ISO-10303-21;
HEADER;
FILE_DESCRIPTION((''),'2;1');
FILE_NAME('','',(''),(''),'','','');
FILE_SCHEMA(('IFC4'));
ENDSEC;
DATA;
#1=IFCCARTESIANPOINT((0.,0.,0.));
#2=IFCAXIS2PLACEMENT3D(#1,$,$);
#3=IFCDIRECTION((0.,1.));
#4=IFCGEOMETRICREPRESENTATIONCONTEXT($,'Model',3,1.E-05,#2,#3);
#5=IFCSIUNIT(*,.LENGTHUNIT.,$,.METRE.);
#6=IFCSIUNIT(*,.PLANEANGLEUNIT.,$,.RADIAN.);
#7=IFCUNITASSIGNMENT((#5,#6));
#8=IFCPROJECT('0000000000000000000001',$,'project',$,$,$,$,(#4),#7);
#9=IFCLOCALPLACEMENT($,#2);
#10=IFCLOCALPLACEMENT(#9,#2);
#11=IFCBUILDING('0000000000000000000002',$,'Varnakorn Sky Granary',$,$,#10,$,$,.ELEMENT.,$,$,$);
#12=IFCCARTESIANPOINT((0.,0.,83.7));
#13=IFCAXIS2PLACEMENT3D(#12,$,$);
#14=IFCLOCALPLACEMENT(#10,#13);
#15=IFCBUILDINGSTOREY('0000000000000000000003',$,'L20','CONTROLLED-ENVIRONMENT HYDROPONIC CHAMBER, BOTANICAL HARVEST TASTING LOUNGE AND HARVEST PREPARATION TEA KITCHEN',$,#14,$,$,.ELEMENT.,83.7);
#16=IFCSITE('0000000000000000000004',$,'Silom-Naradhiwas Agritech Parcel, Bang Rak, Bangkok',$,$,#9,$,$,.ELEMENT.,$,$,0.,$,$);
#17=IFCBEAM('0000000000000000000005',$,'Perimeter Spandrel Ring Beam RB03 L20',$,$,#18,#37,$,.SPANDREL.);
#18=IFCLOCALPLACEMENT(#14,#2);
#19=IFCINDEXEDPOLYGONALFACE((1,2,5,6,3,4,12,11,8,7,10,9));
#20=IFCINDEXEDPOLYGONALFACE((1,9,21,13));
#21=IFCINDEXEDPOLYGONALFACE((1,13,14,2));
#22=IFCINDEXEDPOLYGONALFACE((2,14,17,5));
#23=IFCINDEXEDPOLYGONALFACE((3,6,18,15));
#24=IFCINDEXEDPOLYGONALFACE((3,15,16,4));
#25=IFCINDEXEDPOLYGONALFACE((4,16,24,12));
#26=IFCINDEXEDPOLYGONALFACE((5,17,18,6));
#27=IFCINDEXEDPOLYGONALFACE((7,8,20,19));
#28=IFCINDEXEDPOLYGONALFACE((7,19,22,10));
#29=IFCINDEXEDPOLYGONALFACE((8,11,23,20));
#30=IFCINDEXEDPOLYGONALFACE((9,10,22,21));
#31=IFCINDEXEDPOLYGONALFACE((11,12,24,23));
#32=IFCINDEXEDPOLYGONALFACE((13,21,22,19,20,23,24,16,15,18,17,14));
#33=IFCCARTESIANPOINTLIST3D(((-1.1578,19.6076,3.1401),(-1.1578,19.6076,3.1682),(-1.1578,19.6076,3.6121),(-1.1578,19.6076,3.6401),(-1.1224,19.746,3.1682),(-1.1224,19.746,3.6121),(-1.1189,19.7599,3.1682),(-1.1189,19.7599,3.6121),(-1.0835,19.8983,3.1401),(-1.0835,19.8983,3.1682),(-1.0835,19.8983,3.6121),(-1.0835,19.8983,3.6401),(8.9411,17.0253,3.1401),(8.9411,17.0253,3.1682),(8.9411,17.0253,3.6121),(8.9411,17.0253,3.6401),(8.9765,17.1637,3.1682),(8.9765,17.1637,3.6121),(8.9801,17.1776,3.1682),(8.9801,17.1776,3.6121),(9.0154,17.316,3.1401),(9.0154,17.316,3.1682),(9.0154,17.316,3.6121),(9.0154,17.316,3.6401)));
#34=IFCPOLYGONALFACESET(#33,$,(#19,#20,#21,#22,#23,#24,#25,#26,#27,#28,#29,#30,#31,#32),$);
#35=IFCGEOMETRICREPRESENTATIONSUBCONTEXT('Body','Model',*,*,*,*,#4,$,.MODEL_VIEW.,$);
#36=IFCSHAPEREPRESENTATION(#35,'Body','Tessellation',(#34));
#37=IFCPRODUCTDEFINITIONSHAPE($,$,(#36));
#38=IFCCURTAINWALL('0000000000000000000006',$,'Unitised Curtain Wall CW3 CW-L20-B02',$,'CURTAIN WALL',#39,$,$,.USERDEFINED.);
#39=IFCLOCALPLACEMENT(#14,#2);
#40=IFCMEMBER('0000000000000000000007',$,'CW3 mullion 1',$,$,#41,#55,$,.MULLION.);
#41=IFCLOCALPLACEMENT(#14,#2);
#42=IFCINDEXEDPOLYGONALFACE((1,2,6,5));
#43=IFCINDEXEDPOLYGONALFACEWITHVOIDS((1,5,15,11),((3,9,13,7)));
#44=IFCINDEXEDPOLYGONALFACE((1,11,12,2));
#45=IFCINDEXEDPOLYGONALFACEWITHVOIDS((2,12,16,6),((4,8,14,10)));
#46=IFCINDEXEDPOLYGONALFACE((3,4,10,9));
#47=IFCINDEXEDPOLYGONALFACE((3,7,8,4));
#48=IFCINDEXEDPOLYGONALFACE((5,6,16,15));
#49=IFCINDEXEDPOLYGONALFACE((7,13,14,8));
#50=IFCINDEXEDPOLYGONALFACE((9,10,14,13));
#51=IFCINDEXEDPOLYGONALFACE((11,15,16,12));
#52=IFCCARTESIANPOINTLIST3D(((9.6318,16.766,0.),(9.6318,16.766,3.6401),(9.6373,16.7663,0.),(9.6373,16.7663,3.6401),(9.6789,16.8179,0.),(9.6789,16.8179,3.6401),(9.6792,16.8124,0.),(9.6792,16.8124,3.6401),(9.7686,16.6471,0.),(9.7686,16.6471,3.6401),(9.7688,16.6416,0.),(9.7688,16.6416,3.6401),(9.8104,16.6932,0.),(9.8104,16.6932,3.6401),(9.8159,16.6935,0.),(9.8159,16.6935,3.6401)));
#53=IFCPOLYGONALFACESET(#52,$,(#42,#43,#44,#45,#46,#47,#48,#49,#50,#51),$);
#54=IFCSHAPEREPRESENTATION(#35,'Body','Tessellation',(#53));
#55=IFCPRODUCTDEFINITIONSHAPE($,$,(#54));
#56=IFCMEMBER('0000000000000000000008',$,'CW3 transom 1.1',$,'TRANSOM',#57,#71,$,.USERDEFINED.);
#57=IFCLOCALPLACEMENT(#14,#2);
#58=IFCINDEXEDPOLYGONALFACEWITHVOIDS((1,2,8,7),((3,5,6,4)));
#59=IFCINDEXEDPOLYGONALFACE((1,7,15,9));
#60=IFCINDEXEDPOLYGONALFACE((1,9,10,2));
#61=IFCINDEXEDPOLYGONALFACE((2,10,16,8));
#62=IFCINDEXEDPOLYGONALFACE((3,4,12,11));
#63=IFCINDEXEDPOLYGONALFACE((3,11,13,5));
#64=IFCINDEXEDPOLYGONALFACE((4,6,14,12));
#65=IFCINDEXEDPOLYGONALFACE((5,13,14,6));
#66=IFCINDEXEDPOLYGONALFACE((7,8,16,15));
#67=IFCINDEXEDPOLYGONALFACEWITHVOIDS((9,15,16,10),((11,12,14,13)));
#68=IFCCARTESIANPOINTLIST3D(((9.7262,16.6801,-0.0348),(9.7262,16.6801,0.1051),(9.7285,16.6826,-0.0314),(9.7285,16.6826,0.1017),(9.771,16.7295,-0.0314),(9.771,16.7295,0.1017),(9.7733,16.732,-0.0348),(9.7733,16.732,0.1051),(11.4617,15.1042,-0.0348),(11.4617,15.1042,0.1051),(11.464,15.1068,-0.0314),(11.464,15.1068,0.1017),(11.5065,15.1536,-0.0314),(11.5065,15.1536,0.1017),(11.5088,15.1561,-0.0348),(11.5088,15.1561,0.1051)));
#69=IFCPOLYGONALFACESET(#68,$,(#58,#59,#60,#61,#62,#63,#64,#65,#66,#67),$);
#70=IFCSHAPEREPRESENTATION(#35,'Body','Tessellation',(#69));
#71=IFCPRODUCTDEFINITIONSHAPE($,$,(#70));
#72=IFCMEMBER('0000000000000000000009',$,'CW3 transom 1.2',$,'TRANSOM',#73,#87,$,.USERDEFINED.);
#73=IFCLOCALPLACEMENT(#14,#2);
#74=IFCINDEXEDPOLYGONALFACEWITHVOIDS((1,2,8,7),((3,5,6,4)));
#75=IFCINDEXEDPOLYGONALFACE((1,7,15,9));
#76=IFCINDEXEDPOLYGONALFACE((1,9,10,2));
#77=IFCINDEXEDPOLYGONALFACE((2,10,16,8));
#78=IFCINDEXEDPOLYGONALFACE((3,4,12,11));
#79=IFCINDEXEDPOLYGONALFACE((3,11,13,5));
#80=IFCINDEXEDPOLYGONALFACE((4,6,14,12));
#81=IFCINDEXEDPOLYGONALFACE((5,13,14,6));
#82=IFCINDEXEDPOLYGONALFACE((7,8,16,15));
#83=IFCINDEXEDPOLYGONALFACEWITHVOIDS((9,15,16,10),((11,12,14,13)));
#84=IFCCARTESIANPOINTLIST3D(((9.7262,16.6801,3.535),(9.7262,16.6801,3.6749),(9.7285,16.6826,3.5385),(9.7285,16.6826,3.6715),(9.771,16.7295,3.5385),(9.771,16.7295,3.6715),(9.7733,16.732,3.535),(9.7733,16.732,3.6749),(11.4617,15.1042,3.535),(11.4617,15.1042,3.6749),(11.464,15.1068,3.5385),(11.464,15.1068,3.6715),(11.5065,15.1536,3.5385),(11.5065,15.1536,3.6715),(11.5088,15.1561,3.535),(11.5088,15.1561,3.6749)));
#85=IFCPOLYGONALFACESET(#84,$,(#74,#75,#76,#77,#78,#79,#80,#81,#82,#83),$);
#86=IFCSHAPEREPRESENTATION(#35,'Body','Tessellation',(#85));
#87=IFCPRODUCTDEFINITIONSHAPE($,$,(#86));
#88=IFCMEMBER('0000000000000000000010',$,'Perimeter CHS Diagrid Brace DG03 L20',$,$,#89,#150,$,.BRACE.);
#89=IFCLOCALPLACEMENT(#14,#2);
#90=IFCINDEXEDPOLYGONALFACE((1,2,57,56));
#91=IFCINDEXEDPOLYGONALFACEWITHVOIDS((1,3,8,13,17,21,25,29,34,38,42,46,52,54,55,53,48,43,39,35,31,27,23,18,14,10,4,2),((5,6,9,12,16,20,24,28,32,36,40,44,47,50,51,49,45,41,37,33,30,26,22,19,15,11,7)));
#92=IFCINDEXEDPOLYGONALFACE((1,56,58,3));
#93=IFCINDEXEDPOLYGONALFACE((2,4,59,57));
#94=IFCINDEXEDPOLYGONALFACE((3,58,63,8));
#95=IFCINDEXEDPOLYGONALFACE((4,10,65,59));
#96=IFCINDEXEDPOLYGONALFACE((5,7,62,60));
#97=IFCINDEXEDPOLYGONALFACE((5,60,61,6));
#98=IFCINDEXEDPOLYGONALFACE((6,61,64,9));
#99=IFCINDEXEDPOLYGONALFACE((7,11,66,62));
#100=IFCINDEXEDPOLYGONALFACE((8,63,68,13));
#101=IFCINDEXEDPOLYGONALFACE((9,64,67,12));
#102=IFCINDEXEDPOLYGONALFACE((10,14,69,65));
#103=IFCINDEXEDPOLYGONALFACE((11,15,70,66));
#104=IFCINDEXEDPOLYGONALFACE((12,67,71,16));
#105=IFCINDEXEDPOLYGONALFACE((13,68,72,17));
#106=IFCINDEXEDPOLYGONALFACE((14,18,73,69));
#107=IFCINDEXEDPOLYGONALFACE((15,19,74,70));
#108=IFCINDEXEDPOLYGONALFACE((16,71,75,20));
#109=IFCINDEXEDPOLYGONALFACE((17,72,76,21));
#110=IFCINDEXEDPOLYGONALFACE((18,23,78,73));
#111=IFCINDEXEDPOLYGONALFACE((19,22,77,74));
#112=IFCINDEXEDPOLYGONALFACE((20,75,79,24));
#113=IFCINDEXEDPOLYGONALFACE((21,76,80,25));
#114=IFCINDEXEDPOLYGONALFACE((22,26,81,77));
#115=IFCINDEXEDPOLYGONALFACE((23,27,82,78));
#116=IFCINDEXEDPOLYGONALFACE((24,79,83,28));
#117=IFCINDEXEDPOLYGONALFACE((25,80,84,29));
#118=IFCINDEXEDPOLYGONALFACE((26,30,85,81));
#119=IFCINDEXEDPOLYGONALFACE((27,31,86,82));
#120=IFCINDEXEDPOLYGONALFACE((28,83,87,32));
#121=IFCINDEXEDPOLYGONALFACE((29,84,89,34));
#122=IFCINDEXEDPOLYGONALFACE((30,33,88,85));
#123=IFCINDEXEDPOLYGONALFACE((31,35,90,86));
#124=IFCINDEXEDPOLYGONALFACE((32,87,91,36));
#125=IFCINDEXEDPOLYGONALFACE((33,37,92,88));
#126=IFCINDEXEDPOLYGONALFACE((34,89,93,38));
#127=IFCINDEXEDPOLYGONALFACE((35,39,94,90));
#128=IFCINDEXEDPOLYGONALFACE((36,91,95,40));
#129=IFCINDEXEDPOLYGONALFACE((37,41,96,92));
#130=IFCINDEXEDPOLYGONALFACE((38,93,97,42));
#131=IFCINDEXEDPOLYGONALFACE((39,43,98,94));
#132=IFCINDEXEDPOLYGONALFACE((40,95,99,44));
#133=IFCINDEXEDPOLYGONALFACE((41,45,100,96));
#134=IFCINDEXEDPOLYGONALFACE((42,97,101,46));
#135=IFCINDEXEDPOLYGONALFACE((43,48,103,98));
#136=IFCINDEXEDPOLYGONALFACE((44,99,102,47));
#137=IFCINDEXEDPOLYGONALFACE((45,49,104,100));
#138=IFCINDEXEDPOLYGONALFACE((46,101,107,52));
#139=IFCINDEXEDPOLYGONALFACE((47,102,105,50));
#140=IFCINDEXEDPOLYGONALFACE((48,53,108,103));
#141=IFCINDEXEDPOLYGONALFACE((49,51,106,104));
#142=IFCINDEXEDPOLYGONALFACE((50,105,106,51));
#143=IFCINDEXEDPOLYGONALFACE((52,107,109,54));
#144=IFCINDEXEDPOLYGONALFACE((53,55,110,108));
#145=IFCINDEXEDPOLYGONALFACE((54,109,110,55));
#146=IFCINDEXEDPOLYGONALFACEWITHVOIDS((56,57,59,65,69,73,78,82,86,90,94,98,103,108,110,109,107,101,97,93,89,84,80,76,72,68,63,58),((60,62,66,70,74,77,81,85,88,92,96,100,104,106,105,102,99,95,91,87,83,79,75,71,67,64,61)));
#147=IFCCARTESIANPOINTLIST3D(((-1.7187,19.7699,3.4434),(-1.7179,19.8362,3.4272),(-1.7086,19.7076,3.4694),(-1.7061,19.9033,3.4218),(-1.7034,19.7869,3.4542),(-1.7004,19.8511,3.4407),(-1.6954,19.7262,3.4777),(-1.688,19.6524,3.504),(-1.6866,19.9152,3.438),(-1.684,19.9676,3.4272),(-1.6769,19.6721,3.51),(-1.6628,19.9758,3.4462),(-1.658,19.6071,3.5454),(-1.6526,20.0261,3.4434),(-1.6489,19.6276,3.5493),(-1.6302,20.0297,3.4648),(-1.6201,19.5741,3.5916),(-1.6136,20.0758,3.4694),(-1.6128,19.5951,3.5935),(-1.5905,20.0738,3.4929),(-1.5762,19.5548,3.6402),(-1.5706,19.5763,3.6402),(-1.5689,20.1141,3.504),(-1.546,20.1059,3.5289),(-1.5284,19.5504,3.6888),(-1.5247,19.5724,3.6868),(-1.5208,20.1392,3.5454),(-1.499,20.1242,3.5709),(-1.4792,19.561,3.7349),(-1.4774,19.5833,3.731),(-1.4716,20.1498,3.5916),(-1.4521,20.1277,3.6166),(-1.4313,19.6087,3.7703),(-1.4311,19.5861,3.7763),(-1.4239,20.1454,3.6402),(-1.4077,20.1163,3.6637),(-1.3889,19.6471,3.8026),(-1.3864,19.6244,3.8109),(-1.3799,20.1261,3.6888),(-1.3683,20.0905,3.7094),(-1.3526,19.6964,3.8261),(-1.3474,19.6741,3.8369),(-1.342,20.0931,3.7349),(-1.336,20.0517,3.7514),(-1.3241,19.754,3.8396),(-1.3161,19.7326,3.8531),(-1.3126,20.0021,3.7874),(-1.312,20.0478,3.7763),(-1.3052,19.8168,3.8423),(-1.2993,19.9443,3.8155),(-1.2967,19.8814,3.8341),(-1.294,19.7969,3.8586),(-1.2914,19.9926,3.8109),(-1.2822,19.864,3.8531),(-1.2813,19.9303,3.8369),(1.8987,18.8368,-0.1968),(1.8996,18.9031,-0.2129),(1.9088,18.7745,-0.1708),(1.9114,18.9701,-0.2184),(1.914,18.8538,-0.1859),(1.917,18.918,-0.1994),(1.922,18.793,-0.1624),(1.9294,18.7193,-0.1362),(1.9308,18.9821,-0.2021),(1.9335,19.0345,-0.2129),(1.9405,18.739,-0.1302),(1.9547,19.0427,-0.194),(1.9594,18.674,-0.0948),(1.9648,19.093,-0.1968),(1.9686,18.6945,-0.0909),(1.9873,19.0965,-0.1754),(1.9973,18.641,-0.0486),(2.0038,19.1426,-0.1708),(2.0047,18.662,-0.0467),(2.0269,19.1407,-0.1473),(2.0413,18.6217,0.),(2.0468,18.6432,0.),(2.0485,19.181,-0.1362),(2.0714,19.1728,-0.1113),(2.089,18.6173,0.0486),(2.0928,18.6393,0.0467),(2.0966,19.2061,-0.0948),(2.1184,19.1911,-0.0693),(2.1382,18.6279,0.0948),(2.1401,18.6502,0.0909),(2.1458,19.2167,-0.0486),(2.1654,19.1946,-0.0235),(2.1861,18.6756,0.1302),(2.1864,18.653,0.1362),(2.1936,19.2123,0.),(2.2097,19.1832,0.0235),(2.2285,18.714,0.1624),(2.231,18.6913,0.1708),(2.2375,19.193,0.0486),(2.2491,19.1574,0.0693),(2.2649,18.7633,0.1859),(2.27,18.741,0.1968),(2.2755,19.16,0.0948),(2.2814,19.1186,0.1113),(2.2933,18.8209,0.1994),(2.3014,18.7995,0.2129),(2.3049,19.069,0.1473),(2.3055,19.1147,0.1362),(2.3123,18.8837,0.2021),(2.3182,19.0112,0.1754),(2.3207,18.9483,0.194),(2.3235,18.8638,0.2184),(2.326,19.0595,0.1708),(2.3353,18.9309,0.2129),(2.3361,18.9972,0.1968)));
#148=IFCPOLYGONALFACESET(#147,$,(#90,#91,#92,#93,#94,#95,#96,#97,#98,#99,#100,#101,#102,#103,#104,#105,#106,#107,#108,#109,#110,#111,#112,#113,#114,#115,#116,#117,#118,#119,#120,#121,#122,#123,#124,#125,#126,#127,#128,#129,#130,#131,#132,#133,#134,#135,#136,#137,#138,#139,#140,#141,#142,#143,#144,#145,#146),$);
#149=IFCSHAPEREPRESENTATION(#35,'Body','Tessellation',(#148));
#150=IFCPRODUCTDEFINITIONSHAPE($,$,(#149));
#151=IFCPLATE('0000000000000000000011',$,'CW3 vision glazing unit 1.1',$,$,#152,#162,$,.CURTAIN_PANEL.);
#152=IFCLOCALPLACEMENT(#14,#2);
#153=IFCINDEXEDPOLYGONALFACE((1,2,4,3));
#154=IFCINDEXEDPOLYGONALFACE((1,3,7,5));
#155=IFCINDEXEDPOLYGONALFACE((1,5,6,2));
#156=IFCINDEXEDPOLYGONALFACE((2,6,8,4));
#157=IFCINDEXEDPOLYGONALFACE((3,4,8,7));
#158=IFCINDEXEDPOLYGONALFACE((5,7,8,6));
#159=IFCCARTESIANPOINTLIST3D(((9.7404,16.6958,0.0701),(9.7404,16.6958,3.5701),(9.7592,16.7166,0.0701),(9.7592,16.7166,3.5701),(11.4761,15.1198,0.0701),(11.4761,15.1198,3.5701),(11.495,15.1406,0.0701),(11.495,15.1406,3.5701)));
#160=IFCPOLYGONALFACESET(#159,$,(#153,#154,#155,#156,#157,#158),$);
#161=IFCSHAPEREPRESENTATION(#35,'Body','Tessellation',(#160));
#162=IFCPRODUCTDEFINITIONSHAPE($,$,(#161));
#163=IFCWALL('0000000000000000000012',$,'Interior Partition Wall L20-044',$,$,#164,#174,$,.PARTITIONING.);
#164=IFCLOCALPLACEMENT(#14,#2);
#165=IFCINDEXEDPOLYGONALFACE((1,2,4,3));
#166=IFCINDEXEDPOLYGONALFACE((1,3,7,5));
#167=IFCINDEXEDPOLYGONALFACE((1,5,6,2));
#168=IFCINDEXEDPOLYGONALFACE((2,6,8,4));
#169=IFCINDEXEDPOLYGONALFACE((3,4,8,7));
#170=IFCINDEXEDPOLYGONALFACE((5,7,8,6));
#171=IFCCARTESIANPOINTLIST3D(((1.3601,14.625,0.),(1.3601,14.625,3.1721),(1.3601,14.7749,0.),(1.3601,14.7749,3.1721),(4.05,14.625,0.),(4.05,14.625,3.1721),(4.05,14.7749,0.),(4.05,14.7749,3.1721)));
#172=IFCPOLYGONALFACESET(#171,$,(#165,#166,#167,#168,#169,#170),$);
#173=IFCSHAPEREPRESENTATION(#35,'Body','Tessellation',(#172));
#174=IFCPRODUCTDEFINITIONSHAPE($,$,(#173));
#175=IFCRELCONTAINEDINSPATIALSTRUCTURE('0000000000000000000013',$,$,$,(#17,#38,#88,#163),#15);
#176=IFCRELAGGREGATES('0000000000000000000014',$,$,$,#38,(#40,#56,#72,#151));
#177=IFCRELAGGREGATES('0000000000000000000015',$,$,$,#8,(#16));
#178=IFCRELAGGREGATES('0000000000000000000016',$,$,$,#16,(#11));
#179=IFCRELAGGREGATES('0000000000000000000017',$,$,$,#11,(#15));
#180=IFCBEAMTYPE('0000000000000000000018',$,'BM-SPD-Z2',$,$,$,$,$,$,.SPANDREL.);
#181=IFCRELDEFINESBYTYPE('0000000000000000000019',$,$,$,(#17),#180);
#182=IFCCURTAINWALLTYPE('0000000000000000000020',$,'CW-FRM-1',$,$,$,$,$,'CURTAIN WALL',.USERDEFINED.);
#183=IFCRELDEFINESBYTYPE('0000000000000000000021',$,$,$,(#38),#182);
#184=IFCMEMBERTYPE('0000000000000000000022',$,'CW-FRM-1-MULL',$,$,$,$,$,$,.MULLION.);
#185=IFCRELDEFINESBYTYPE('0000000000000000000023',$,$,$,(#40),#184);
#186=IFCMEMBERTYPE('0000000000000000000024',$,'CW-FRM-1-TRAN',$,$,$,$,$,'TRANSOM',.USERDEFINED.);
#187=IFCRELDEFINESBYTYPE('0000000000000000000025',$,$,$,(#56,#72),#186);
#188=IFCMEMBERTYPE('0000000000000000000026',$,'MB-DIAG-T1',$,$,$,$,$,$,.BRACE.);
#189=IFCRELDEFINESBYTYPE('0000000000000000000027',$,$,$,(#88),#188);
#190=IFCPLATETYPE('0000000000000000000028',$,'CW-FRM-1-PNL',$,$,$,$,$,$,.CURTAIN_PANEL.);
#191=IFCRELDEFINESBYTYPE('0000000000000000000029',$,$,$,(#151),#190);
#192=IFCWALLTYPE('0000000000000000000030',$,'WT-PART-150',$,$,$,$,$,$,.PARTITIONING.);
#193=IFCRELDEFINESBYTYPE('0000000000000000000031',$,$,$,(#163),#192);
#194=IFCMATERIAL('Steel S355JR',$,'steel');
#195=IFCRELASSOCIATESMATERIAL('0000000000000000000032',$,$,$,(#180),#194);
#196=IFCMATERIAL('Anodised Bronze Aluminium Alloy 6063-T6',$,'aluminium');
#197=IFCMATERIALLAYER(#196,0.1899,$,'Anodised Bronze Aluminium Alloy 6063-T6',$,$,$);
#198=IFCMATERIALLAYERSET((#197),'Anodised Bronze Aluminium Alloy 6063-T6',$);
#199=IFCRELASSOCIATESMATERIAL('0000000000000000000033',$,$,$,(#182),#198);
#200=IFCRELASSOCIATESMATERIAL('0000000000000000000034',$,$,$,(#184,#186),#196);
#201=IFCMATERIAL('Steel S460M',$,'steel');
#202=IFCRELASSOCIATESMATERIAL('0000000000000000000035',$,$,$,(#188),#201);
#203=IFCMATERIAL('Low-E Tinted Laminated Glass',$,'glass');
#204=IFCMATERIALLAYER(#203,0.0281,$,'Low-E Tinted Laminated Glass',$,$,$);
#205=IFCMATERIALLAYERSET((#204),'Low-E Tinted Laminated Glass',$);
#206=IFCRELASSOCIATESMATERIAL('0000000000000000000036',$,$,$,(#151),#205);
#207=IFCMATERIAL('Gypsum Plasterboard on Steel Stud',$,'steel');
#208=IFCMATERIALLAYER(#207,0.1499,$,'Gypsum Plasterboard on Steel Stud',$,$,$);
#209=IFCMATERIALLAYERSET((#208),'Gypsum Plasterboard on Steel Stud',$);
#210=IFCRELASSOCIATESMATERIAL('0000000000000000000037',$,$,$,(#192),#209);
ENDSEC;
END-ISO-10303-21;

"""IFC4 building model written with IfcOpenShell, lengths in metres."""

from ifc_helpers import new_model, si_unit, direction, frame, frame_2d, origin, origin_2d, place, context, subcontext, project, spatial, rectangle, hollow_rectangle, hollow_circle, i_section, extrude, source, transform, mapped, material, layer, layer_set, material_profile, profile_set, type_object, type_shapes, element, aggregate, save


model = new_model("IFC4")

# Units and contexts
model_context = context("Model", 3, precision=1e-05, world=origin(), true_north=direction((0.0, 1.0)))
body_context = subcontext(model_context, "Body", "Model", "MODEL_VIEW")
ifc_project = project(units=[si_unit("LENGTHUNIT", "METRE"), si_unit("PLANEANGLEUNIT", "RADIAN")], contexts=[model_context])

# Site, building, storey
site_placement = place(None, origin())
site = spatial("IfcSite", under=ifc_project, at=site_placement, Name="Silom-Naradhiwas Agritech Parcel, Bang Rak, Bangkok", CompositionType="ELEMENT", RefElevation=0.0)
building_placement = place(site_placement, origin())
building = spatial("IfcBuilding", under=site, at=building_placement, Name="Varnakorn Sky Granary", CompositionType="ELEMENT")
storey_placement = place(building_placement, frame((0.0, 0.0, 83.7)))
storey = spatial("IfcBuildingStorey", under=building, at=storey_placement, Name="L20", Description="CONTROLLED-ENVIRONMENT HYDROPONIC CHAMBER, BOTANICAL HARVEST TASTING LOUNGE AND HARVEST PREPARATION TEA KITCHEN", CompositionType="ELEMENT", Elevation=83.7)

# Shared definitions
ifc_material_1 = material(Name="Steel S460M", Category="steel")

# Beam
ifc_material_2 = material(Name="Steel S355JR", Category="steel")
ifc_material_profile_1 = material_profile(ifc_material_2, i_section(OverallWidth=0.3, OverallDepth=0.5, WebThickness=0.0144, FlangeThickness=0.0281, at=origin_2d()), Name="HE 500 B")
ifc_profile_set_1 = profile_set([ifc_material_profile_1], Name="Steel S355JR")
beam_type_1 = type_object("IfcBeamType", Name="BM-SPD-Z2", PredefinedType="SPANDREL", material=ifc_profile_set_1)
beam_1_placement = place(storey_placement, frame((8.9783, 17.1707, 3.3901), z_axis=(-0.968829, 0.247729, 0.0), x_axis=(-0.247729, -0.968829, 0.0)))
element("IfcBeam", 1, at=beam_1_placement, inside=storey, type_object=beam_type_1, Name="Perimeter Spandrel Ring Beam RB03 L20", PredefinedType="SPANDREL", context=body_context, shape_type="SweptSolid", body=[
    extrude(i_section(OverallWidth=0.3, OverallDepth=0.5, WebThickness=0.0144, FlangeThickness=0.0281, at=origin_2d()), origin(), (0.0, 0.0, 1.0), 10.4238),
])

# Curtain wall, members
ifc_material_3 = material(Name="Anodised Bronze Aluminium Alloy 6063-T6", Category="aluminium")
ifc_layer_1 = layer(ifc_material_3, 0.1899, Name="Anodised Bronze Aluminium Alloy 6063-T6")
ifc_layer_set_1 = layer_set([ifc_layer_1], Name="Anodised Bronze Aluminium Alloy 6063-T6")
curtain_wall_type = type_object("IfcCurtainWallType", Name="CW-FRM-1", ElementType="CURTAIN WALL", PredefinedType="USERDEFINED", material=ifc_layer_set_1)
curtain_wall_placement = place(storey_placement, origin())
curtain_wall = element("IfcCurtainWall", 2, at=curtain_wall_placement, inside=storey, type_object=curtain_wall_type, Name="Unitised Curtain Wall CW3 CW-L20-B02", ObjectType="CURTAIN WALL", PredefinedType="USERDEFINED")
ifc_material_profile_2 = material_profile(ifc_material_3, hollow_rectangle(XDim=0.0701, YDim=0.1851, WallThickness=0.0039, at=origin_2d()), Name="ALU MULL 70x185")
ifc_profile_set_2 = profile_set([ifc_material_profile_2], Name="Anodised Bronze Aluminium Alloy 6063-T6")
member_type_1 = type_object("IfcMemberType", Name="CW-FRM-1-MULL", PredefinedType="MULLION", material=ifc_profile_set_2)
member_1_placement = place(storey_placement, frame((9.7239, 16.7297, 0.0), z_axis=(0.0, 0.0, 1.0), x_axis=(0.672211, 0.74036, 0.0)))
member_1 = element("IfcMember", 3, at=member_1_placement, type_object=member_type_1, Name="CW3 mullion 1", PredefinedType="MULLION", context=body_context, shape_type="SweptSolid", body=[
    extrude(hollow_rectangle(XDim=0.0701, YDim=0.1851, WallThickness=0.0039, at=origin_2d()), origin(), (0.0, 0.0, 1.0), 3.6401),
])
ifc_material_profile_3 = material_profile(ifc_material_3, hollow_rectangle(XDim=0.0701, YDim=0.1399, WallThickness=0.0034, at=origin_2d()), Name="ALU TRAN 70x140")
ifc_profile_set_3 = profile_set([ifc_material_profile_3], Name="Anodised Bronze Aluminium Alloy 6063-T6")
member_type_2 = type_object("IfcMemberType", Name="CW-FRM-1-TRAN", ElementType="TRANSOM", PredefinedType="USERDEFINED", material=ifc_profile_set_3)
member_2_placement = place(storey_placement, frame((9.7498, 16.7061, 0.0352), z_axis=(0.74034, -0.672232, 0.0), x_axis=(0.672232, 0.74034, 0.0)))
member_2 = element("IfcMember", 4, at=member_2_placement, type_object=member_type_2, Name="CW3 transom 1.1", ObjectType="TRANSOM", PredefinedType="USERDEFINED", context=body_context, shape_type="SweptSolid", body=[
    extrude(hollow_rectangle(XDim=0.0701, YDim=0.1399, WallThickness=0.0034, at=origin_2d()), origin(), (0.0, 0.0, 1.0), 2.3442),
])
member_3_placement = place(storey_placement, frame((9.7498, 16.7061, 3.605), z_axis=(0.74034, -0.672232, 0.0), x_axis=(0.672232, 0.74034, 0.0)))
member_3 = element("IfcMember", 5, at=member_3_placement, type_object=member_type_2, Name="CW3 transom 1.2", ObjectType="TRANSOM", PredefinedType="USERDEFINED", context=body_context, shape_type="SweptSolid", body=[
    extrude(hollow_rectangle(XDim=0.0701, YDim=0.1399, WallThickness=0.0034, at=origin_2d()), origin(), (0.0, 0.0, 1.0), 2.3442),
])

# Member
ifc_material_profile_4 = material_profile(ifc_material_1, hollow_circle(Radius=0.3049, WallThickness=0.0222, at=origin_2d()), Name="CHS 610x22")
ifc_profile_set_4 = profile_set([ifc_material_profile_4], Name="Steel S460M")
member_type_3 = type_object("IfcMemberType", Name="MB-DIAG-T1", PredefinedType="BRACE", material=ifc_profile_set_4)
member_4_placement = place(storey_placement, frame((2.1174, 18.917, 0.0), z_axis=(-0.69352, 0.178891, 0.697873), x_axis=(-0.249771, -0.968305, 0.0)))
element("IfcMember", 6, at=member_4_placement, inside=storey, type_object=member_type_3, Name="Perimeter CHS Diagrid Brace DG03 L20", PredefinedType="BRACE", context=body_context, shape_type="SweptSolid", body=[
    extrude(hollow_circle(Radius=0.3049, WallThickness=0.0222, at=origin_2d()), origin(), (0.0, 0.0, 1.0), 5.2161),
])

# Plate
ifc_material_4 = material(Name="Low-E Tinted Laminated Glass", Category="glass")
ifc_layer_2 = layer(ifc_material_4, 0.0281, Name="Low-E Tinted Laminated Glass")
ifc_layer_set_2 = layer_set([ifc_layer_2], Name="Low-E Tinted Laminated Glass")
plate_type = type_object("IfcPlateType", Name="CW-FRM-1-PNL", PredefinedType="CURTAIN_PANEL")
shared_shape_1 = source(origin(), body_context, "Body", "SweptSolid", [
    extrude(rectangle(XDim=2.3445, YDim=0.0281, at=origin_2d()), origin(), (0.0, 0.0, 1.0), 3.5),
])
type_shapes(plate_type, [shared_shape_1])
plate_placement = place(storey_placement, frame((10.6177, 15.9182, 0.0701), z_axis=(0.0, 0.0, 1.0), x_axis=(0.74036, -0.672211, 0.0)))
plate = element("IfcPlate", 7, at=plate_placement, type_object=plate_type, material=ifc_layer_set_2, Name="CW3 vision glazing unit 1.1", PredefinedType="CURTAIN_PANEL", context=body_context, shape_type="MappedRepresentation", body=[
    mapped(shared_shape_1, transform((0.0, 0.0, 0.0), x_axis=(1.0, 0.0, 0.0), y_axis=(0.0, 1.0, 0.0), z_axis=(0.0, 0.0, 1.0), scale=1.0)),
])
aggregate(curtain_wall, [member_1, member_2, member_3, plate])

# Wall
ifc_material_5 = material(Name="Gypsum Plasterboard on Steel Stud", Category="steel")
ifc_layer_3 = layer(ifc_material_5, 0.1499, Name="Gypsum Plasterboard on Steel Stud")
ifc_layer_set_3 = layer_set([ifc_layer_3], Name="Gypsum Plasterboard on Steel Stud")
wall_type_1 = type_object("IfcWallType", Name="WT-PART-150", PredefinedType="PARTITIONING", material=ifc_layer_set_3)
wall_1_placement = place(storey_placement, frame((4.05, 14.7, 0.0), z_axis=(0.0, 0.0, 1.0), x_axis=(-1.0, 0.0, 0.0)))
element("IfcWall", 8, at=wall_1_placement, inside=storey, type_object=wall_type_1, Name="Interior Partition Wall L20-044", PredefinedType="PARTITIONING", context=body_context, shape_type="SweptSolid", body=[
    extrude(rectangle(XDim=2.6899, YDim=0.1499, at=frame_2d((1.345, 0.0))), origin(), (0.0, 0.0, 1.0), 3.1721),
])

save(model, "model.ifc")
